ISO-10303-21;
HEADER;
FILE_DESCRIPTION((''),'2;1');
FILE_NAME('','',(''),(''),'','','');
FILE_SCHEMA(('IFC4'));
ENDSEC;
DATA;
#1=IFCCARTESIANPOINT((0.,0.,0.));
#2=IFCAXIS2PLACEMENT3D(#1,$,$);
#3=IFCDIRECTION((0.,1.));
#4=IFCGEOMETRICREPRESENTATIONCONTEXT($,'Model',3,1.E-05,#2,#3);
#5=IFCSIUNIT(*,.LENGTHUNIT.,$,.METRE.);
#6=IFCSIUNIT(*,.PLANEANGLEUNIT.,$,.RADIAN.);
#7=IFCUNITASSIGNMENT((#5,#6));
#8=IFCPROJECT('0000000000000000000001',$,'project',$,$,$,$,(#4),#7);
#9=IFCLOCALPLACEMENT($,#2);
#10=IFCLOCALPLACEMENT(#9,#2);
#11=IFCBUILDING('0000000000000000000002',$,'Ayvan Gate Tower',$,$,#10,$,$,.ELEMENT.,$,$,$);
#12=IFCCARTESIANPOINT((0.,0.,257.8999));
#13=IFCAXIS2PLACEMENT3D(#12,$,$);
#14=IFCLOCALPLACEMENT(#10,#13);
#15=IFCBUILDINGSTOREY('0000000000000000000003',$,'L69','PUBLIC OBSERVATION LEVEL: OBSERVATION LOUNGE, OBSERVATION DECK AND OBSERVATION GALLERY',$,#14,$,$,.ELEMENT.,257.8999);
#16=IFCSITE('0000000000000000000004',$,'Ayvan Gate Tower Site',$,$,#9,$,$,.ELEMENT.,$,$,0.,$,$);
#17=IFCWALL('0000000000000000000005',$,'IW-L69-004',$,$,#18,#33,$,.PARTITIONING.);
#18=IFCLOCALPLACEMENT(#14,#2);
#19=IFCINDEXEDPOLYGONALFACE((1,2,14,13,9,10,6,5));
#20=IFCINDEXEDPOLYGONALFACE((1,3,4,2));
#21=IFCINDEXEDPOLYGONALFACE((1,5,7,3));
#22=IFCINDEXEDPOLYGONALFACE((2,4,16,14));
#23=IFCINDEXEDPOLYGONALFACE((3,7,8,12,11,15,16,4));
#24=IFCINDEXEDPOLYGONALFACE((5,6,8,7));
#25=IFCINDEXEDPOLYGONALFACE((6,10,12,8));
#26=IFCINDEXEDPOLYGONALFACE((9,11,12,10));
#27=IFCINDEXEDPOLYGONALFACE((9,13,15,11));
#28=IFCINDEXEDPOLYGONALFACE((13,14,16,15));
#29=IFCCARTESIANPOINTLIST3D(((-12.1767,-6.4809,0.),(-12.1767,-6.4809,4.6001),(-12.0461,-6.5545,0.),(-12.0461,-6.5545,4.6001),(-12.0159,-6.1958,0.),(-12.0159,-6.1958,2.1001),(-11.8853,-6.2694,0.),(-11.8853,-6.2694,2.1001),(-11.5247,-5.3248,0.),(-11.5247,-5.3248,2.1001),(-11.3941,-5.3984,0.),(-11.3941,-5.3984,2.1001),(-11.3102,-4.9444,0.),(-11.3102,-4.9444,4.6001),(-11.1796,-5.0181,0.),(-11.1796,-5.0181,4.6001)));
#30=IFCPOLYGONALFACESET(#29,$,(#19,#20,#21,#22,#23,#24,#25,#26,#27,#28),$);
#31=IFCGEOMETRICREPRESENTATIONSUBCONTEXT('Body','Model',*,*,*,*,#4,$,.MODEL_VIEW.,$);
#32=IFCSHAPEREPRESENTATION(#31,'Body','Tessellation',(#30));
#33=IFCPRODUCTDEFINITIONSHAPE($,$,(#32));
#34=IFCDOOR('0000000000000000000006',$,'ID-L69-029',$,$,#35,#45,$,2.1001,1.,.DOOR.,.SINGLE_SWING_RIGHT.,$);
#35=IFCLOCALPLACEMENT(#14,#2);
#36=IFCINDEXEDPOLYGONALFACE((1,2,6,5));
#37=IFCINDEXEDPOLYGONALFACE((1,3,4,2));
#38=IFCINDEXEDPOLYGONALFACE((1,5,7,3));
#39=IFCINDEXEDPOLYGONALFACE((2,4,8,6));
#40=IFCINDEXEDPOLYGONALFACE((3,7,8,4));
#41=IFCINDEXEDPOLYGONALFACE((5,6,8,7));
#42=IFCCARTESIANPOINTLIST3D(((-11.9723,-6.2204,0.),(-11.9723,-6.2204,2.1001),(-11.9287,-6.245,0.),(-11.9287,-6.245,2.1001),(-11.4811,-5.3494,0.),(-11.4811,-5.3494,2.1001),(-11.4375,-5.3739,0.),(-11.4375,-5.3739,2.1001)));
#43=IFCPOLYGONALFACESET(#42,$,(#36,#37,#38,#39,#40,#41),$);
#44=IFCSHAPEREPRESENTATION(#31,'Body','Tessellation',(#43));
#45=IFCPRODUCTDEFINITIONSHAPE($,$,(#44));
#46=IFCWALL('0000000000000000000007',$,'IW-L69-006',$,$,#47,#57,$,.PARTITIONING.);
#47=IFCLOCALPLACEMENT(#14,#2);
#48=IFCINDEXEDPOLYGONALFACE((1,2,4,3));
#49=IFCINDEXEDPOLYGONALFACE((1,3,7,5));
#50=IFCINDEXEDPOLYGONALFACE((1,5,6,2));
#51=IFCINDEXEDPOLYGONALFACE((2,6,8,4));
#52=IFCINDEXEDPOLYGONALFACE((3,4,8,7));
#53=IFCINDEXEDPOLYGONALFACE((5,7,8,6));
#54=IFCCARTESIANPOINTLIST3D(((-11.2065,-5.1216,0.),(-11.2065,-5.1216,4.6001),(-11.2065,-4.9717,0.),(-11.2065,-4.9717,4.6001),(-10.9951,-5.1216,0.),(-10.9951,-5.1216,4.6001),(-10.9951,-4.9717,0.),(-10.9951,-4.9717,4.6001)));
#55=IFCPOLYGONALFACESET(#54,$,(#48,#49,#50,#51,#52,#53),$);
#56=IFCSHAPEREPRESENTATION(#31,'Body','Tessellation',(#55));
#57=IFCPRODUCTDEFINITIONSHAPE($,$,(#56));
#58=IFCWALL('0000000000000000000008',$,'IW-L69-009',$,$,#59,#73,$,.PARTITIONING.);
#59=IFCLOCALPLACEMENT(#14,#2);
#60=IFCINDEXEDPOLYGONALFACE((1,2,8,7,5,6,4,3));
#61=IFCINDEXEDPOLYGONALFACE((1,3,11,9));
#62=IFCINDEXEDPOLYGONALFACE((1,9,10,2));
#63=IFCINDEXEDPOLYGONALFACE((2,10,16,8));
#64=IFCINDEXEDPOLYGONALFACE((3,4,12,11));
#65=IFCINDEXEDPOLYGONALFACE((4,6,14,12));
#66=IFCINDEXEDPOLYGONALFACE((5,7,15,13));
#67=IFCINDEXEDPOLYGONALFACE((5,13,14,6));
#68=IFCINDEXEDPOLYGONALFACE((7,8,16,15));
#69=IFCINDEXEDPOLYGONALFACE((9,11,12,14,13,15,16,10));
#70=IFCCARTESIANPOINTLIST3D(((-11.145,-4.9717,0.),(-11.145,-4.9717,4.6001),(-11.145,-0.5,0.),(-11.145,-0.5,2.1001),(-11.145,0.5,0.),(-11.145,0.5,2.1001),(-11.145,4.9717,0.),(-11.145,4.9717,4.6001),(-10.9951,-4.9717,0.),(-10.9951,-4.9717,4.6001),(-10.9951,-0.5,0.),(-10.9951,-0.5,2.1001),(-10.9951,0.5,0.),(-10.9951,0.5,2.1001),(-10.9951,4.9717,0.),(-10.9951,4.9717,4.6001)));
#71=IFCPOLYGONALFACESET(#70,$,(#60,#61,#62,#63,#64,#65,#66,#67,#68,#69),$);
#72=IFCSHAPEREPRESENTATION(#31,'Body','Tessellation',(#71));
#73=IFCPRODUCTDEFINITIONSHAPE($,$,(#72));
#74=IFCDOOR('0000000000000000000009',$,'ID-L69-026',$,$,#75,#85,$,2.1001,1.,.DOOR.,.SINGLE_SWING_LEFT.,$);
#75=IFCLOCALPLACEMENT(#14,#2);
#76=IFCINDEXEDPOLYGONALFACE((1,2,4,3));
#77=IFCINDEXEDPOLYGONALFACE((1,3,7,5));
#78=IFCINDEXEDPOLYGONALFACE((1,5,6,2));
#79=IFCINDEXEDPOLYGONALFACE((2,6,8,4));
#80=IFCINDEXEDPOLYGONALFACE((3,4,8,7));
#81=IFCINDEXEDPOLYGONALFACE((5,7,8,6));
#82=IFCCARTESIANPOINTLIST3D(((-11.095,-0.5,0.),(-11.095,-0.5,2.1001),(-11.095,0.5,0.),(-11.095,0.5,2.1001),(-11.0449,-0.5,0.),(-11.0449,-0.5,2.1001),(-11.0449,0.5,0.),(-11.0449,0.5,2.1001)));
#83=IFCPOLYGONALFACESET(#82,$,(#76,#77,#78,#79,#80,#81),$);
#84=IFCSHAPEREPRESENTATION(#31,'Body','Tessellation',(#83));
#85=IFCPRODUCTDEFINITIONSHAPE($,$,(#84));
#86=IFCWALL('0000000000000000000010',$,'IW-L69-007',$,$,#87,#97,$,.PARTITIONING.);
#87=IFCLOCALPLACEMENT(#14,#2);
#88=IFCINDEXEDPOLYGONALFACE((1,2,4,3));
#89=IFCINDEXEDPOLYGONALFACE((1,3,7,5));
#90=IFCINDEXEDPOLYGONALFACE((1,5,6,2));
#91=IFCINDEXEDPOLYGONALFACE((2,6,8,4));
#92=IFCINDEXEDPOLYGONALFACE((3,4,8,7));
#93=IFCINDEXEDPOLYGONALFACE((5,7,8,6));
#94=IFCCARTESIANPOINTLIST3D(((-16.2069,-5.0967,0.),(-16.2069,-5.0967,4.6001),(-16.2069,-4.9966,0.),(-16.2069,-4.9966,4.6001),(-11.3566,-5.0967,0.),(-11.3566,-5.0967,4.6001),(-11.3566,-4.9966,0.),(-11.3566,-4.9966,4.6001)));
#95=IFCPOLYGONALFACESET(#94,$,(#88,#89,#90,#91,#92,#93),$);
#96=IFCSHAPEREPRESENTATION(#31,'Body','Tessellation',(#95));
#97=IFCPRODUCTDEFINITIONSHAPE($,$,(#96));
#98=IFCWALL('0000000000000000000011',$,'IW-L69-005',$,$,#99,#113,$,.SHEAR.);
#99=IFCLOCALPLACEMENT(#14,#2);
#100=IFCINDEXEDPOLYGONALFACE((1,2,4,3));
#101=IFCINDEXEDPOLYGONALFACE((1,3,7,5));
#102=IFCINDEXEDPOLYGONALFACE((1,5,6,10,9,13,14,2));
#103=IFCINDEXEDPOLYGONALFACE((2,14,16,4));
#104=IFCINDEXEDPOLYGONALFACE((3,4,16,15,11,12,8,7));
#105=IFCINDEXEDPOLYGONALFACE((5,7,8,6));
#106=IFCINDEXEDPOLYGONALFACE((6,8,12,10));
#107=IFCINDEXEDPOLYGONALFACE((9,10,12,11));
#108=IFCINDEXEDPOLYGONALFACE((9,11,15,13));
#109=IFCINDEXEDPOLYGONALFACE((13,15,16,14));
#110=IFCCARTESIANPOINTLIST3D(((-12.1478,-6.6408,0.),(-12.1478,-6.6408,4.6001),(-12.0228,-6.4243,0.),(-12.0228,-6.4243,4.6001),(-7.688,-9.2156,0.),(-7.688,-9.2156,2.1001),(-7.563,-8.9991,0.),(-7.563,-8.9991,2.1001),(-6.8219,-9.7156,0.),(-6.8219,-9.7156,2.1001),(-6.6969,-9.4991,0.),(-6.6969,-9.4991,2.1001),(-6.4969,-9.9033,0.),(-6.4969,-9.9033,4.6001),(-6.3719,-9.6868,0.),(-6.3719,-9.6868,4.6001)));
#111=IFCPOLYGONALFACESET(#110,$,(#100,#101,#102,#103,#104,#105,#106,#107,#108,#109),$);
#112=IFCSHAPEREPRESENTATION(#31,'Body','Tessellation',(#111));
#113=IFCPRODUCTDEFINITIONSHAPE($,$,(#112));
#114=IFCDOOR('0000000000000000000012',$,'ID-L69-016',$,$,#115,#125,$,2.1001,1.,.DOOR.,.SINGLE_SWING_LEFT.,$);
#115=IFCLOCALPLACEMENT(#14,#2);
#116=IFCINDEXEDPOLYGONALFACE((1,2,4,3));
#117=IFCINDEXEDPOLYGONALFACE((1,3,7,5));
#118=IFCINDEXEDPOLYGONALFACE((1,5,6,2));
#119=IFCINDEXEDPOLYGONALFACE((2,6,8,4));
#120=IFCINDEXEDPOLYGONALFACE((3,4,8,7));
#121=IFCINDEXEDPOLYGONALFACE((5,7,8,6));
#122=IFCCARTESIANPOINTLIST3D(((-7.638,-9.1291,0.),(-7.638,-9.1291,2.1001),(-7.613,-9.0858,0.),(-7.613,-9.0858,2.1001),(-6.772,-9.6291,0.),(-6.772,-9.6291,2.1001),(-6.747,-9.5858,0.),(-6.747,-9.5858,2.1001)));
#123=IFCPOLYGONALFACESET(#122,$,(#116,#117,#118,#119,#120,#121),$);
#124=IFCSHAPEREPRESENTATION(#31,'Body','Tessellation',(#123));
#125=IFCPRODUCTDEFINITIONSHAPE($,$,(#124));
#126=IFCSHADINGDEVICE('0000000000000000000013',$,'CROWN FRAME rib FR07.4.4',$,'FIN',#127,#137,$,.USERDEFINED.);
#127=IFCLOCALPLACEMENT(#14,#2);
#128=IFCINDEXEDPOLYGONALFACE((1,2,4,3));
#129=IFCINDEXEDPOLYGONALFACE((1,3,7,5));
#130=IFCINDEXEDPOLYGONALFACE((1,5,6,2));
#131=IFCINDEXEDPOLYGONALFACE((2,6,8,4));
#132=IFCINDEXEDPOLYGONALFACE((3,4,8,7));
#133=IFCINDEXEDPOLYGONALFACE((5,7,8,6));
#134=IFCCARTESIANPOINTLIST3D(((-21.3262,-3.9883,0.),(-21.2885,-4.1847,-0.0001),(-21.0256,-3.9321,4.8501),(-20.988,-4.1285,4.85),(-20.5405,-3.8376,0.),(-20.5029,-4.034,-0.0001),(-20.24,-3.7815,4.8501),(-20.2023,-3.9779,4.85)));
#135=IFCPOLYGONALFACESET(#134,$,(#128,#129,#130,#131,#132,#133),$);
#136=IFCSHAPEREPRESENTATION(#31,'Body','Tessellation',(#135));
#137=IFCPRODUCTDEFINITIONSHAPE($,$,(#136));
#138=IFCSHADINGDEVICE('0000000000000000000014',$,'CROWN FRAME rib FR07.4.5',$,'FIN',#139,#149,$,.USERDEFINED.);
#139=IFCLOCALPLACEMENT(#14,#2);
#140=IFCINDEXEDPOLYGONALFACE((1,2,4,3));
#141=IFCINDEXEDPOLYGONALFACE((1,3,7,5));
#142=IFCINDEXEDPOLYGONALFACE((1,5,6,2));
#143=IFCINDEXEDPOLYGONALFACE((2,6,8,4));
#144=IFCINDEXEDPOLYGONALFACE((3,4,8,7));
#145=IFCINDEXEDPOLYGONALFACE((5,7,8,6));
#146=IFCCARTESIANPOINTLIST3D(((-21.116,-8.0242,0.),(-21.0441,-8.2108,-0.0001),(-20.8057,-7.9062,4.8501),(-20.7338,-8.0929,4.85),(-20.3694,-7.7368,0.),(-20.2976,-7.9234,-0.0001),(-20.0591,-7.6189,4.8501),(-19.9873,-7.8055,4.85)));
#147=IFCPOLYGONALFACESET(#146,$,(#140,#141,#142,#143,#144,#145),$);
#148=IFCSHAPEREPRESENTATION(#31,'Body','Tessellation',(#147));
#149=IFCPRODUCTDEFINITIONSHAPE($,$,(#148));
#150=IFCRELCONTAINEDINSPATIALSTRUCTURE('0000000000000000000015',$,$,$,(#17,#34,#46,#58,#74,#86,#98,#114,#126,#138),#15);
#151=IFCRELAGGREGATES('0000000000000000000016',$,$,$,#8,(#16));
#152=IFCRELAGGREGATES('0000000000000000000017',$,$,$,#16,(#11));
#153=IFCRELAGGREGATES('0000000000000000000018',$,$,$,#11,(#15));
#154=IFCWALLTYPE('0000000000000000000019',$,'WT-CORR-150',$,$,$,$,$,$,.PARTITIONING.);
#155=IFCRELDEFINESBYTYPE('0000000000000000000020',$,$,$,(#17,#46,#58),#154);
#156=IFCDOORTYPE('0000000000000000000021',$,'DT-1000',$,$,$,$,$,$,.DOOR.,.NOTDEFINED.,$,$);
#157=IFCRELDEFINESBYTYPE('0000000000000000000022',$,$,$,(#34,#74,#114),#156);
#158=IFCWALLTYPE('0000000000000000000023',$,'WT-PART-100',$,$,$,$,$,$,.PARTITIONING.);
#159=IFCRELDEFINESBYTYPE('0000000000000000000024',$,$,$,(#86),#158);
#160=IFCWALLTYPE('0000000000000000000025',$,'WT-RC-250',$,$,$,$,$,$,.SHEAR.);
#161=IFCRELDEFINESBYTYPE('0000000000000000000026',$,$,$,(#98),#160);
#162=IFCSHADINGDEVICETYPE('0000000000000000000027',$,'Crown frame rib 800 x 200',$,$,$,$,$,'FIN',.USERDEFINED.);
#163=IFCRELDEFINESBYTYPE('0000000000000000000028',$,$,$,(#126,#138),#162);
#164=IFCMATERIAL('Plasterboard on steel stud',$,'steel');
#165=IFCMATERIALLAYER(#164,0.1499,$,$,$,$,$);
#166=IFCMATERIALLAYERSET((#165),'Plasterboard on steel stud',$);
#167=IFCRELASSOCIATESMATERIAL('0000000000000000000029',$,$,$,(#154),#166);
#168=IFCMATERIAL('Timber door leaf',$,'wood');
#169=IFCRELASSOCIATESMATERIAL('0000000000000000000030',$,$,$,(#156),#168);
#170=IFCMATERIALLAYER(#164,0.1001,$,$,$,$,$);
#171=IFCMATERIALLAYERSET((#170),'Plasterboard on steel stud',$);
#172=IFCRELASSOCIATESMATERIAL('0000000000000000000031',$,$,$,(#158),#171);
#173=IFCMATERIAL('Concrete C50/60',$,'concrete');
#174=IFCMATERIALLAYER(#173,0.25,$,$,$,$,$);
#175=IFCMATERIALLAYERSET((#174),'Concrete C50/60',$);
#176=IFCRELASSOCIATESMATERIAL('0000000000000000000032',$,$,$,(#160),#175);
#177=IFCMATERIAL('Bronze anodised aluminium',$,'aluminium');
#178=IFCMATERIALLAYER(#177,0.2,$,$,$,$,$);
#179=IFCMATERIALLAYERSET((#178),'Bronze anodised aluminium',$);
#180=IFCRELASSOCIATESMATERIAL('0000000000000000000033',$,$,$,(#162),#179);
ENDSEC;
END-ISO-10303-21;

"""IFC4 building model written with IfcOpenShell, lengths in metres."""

from ifc_helpers import new_model, si_unit, direction, frame, frame_2d, origin, place, context, subcontext, project, spatial, polyline, rectangle, outline, extrude, material, layer, layer_set, type_object, element, fill, save


model = new_model("IFC4")

# Units and contexts
model_context = context("Model", 3, precision=1e-05, world=origin(), true_north=direction((0.0, 1.0)))
body_context = subcontext(model_context, "Body", "Model", "MODEL_VIEW")
ifc_project = project(units=[si_unit("LENGTHUNIT", "METRE"), si_unit("PLANEANGLEUNIT", "RADIAN")], contexts=[model_context])

# Site, building, storey
site_placement = place(None, origin())
site = spatial("IfcSite", under=ifc_project, at=site_placement, Name="Ayvan Gate Tower Site", CompositionType="ELEMENT", RefElevation=0.0)
building_placement = place(site_placement, origin())
building = spatial("IfcBuilding", under=site, at=building_placement, Name="Ayvan Gate Tower", CompositionType="ELEMENT")
storey_placement = place(building_placement, frame((0.0, 0.0, 257.8999)))
storey = spatial("IfcBuildingStorey", under=building, at=storey_placement, Name="L69", Description="PUBLIC OBSERVATION LEVEL: OBSERVATION LOUNGE, OBSERVATION DECK AND OBSERVATION GALLERY", CompositionType="ELEMENT", Elevation=257.8999)

# Shared definitions
ifc_material_1 = material(Name="Concrete C50/60", Category="concrete")

# Shared definitions
ifc_material_2 = material(Name="Bronze anodised aluminium", Category="aluminium")

# Wall, opening, door
ifc_material_3 = material(Name="Plasterboard on steel stud", Category="steel")
ifc_layer_1 = layer(ifc_material_3, 0.1499)
ifc_layer_set_1 = layer_set([ifc_layer_1], Name="Plasterboard on steel stud")
wall_type_1 = type_object("IfcWallType", Name="WT-CORR-150", PredefinedType="PARTITIONING", material=ifc_layer_set_1)
wall_1_placement = place(storey_placement, frame((-12.1113, -6.5176, 0.0), z_axis=(0.0, 0.0, 1.0), x_axis=(0.491227, 0.871032, 0.0)))
wall_1 = element("IfcWall", 1, at=wall_1_placement, inside=storey, type_object=wall_type_1, Name="IW-L69-004", PredefinedType="PARTITIONING", context=body_context, shape_type="SweptSolid", body=[
    extrude(rectangle(XDim=1.7639, YDim=0.1499, at=frame_2d((0.8818, 0.0))), origin(), (0.0, 0.0, 1.0), 4.6001),
])
opening_1_placement = place(wall_1_placement, frame((0.3271, 0.0, 0.0)))
opening_1 = element("IfcOpeningElement", 2, at=opening_1_placement, cuts=wall_1, PredefinedType="OPENING", context=body_context, shape_type="SweptSolid", body=[
    extrude(rectangle(XDim=1.0, YDim=2.1001, at=frame_2d((0.5, 1.05))), frame((0.0, 0.085, 0.0), z_axis=(0.0, -1.0, 0.0), x_axis=(1.0, 0.0, 0.0)), (0.0, 0.0, 1.0), 0.1699),
])
ifc_material_4 = material(Name="Timber door leaf", Category="wood")
door_type = type_object("IfcDoorType", Name="DT-1000", OperationType="NOTDEFINED", PredefinedType="DOOR", material=ifc_material_4)
door_1_placement = place(opening_1_placement, origin())
door_1 = element("IfcDoor", 3, at=door_1_placement, inside=storey, type_object=door_type, Name="ID-L69-029", OperationType="SINGLE_SWING_RIGHT", OverallHeight=2.1001, OverallWidth=1.0, PredefinedType="DOOR", context=body_context, shape_type="SweptSolid", body=[
    extrude(rectangle(XDim=1.0, YDim=2.1001, at=frame_2d((0.5, 1.05))), frame((0.0, 0.0249, 0.0), z_axis=(0.0, -1.0, 0.0), x_axis=(1.0, 0.0, 0.0)), (0.0, 0.0, 1.0), 0.05),
])
fill(opening_1, door_1)

# Wall
wall_2_placement = place(storey_placement, frame((-11.2065, -5.0466, 0.0), z_axis=(0.0, 0.0, 1.0), x_axis=(1.0, 0.0, 0.0)))
element("IfcWall", 4, at=wall_2_placement, inside=storey, type_object=wall_type_1, Name="IW-L69-006", PredefinedType="PARTITIONING", context=body_context, shape_type="SweptSolid", body=[
    extrude(rectangle(XDim=0.2114, YDim=0.1499, at=frame_2d((0.1057, 0.0))), origin(), (0.0, 0.0, 1.0), 4.6001),
])

# Wall, opening, door
wall_3_placement = place(storey_placement, frame((-11.0701, -4.9717, 0.0), z_axis=(0.0, 0.0, 1.0), x_axis=(0.0, 1.0, 0.0)))
wall_3 = element("IfcWall", 5, at=wall_3_placement, inside=storey, type_object=wall_type_1, Name="IW-L69-009", PredefinedType="PARTITIONING", context=body_context, shape_type="SweptSolid", body=[
    extrude(rectangle(XDim=9.9434, YDim=0.1499, at=frame_2d((4.9717, 0.0))), origin(), (0.0, 0.0, 1.0), 4.6001),
])
opening_2_placement = place(wall_3_placement, frame((4.4717, 0.0, 0.0)))
opening_2 = element("IfcOpeningElement", 6, at=opening_2_placement, cuts=wall_3, PredefinedType="OPENING", context=body_context, shape_type="SweptSolid", body=[
    extrude(rectangle(XDim=1.0, YDim=2.1001, at=frame_2d((0.5, 1.05))), frame((0.0, 0.085, 0.0), z_axis=(0.0, -1.0, 0.0), x_axis=(1.0, 0.0, 0.0)), (0.0, 0.0, 1.0), 0.1699),
])
door_2_placement = place(opening_2_placement, origin())
door_2 = element("IfcDoor", 7, at=door_2_placement, inside=storey, type_object=door_type, Name="ID-L69-026", OperationType="SINGLE_SWING_LEFT", OverallHeight=2.1001, OverallWidth=1.0, PredefinedType="DOOR", context=body_context, shape_type="SweptSolid", body=[
    extrude(rectangle(XDim=1.0, YDim=2.1001, at=frame_2d((0.5, 1.05))), frame((0.0, 0.0249, 0.0), z_axis=(0.0, -1.0, 0.0), x_axis=(1.0, 0.0, 0.0)), (0.0, 0.0, 1.0), 0.05),
])
fill(opening_2, door_2)

# Wall
ifc_layer_2 = layer(ifc_material_3, 0.1001)
ifc_layer_set_2 = layer_set([ifc_layer_2], Name="Plasterboard on steel stud")
wall_type_2 = type_object("IfcWallType", Name="WT-PART-100", PredefinedType="PARTITIONING", material=ifc_layer_set_2)
wall_4_placement = place(storey_placement, frame((-11.3564, -5.0466, 0.0), z_axis=(0.0, 0.0, 1.0), x_axis=(-1.0, 0.0, 0.0)))
element("IfcWall", 8, at=wall_4_placement, inside=storey, type_object=wall_type_2, Name="IW-L69-007", PredefinedType="PARTITIONING", context=body_context, shape_type="SweptSolid", body=[
    extrude(rectangle(XDim=4.8503, YDim=0.1001, at=frame_2d((2.4253, 0.0))), origin(), (0.0, 0.0, 1.0), 4.6001),
])

# Wall, opening, door
ifc_layer_3 = layer(ifc_material_1, 0.25)
ifc_layer_set_3 = layer_set([ifc_layer_3], Name="Concrete C50/60")
wall_type_3 = type_object("IfcWallType", Name="WT-RC-250", PredefinedType="SHEAR", material=ifc_layer_set_3)
wall_5_placement = place(storey_placement, frame((-12.0854, -6.5325, 0.0), z_axis=(0.0, 0.0, 1.0), x_axis=(0.866031, -0.49999, 0.0)))
wall_5 = element("IfcWall", 9, at=wall_5_placement, inside=storey, type_object=wall_type_3, Name="IW-L69-005", PredefinedType="SHEAR", context=body_context, shape_type="SweptSolid", body=[
    extrude(rectangle(XDim=6.5251, YDim=0.25, at=frame_2d((3.2627, 0.0))), origin(), (0.0, 0.0, 1.0), 4.6001),
])
opening_3_placement = place(wall_5_placement, frame((5.1499, 0.0, 0.0)))
opening_3 = element("IfcOpeningElement", 10, at=opening_3_placement, cuts=wall_5, PredefinedType="OPENING", context=body_context, shape_type="SweptSolid", body=[
    extrude(rectangle(XDim=1.0, YDim=2.1001, at=frame_2d((0.5, 1.05))), frame((0.0, 0.135, 0.0), z_axis=(0.0, -1.0, 0.0), x_axis=(1.0, 0.0, 0.0)), (0.0, 0.0, 1.0), 0.27),
])
door_3_placement = place(opening_3_placement, origin())
door_3 = element("IfcDoor", 11, at=door_3_placement, inside=storey, type_object=door_type, Name="ID-L69-016", OperationType="SINGLE_SWING_LEFT", OverallHeight=2.1001, OverallWidth=1.0, PredefinedType="DOOR", context=body_context, shape_type="SweptSolid", body=[
    extrude(rectangle(XDim=1.0, YDim=2.1001, at=frame_2d((0.5, 1.05))), frame((0.0, 0.0249, 0.0), z_axis=(0.0, -1.0, 0.0), x_axis=(1.0, 0.0, 0.0)), (0.0, 0.0, 1.0), 0.05),
])
fill(opening_3, door_3)

# Shading devices
ifc_layer_4 = layer(ifc_material_2, 0.2)
ifc_layer_set_4 = layer_set([ifc_layer_4], Name="Bronze anodised aluminium")
shading_device_type = type_object("IfcShadingDeviceType", Name="Crown frame rib 800 x 200", ElementType="FIN", PredefinedType="USERDEFINED", material=ifc_layer_set_4)
shading_device_1_placement = place(storey_placement, frame((-20.5405, -3.8376, 0.0), z_axis=(-0.188304, 0.982111, 0.000298), x_axis=(-0.982111, -0.188304, 0.0)))
element("IfcShadingDevice", 12, at=shading_device_1_placement, inside=storey, type_object=shading_device_type, Name="CROWN FRAME rib FR07.4.4", ObjectType="FIN", PredefinedType="USERDEFINED", context=body_context, shape_type="SweptSolid", body=[
    extrude(outline(polyline([(0.0, 0.0), (0.8, 0.0), (0.4942, 4.8501), (-0.3057, 4.8501), (0.0, 0.0)])), origin(), (0.0, 0.0, -1.0), 0.2),
])
shading_device_2_placement = place(storey_placement, frame((-20.3694, -7.7368, 0.0), z_axis=(-0.359204, 0.933259, 0.000291), x_axis=(-0.933259, -0.359204, 0.0)))
element("IfcShadingDevice", 13, at=shading_device_2_placement, inside=storey, type_object=shading_device_type, Name="CROWN FRAME rib FR07.4.5", ObjectType="FIN", PredefinedType="USERDEFINED", context=body_context, shape_type="SweptSolid", body=[
    extrude(outline(polyline([(0.0, 0.0), (0.8, 0.0), (0.468, 4.8501), (-0.332, 4.8501), (0.0, 0.0)])), origin(), (0.0, 0.0, -1.0), 0.2),
])

save(model, "model.ifc")
